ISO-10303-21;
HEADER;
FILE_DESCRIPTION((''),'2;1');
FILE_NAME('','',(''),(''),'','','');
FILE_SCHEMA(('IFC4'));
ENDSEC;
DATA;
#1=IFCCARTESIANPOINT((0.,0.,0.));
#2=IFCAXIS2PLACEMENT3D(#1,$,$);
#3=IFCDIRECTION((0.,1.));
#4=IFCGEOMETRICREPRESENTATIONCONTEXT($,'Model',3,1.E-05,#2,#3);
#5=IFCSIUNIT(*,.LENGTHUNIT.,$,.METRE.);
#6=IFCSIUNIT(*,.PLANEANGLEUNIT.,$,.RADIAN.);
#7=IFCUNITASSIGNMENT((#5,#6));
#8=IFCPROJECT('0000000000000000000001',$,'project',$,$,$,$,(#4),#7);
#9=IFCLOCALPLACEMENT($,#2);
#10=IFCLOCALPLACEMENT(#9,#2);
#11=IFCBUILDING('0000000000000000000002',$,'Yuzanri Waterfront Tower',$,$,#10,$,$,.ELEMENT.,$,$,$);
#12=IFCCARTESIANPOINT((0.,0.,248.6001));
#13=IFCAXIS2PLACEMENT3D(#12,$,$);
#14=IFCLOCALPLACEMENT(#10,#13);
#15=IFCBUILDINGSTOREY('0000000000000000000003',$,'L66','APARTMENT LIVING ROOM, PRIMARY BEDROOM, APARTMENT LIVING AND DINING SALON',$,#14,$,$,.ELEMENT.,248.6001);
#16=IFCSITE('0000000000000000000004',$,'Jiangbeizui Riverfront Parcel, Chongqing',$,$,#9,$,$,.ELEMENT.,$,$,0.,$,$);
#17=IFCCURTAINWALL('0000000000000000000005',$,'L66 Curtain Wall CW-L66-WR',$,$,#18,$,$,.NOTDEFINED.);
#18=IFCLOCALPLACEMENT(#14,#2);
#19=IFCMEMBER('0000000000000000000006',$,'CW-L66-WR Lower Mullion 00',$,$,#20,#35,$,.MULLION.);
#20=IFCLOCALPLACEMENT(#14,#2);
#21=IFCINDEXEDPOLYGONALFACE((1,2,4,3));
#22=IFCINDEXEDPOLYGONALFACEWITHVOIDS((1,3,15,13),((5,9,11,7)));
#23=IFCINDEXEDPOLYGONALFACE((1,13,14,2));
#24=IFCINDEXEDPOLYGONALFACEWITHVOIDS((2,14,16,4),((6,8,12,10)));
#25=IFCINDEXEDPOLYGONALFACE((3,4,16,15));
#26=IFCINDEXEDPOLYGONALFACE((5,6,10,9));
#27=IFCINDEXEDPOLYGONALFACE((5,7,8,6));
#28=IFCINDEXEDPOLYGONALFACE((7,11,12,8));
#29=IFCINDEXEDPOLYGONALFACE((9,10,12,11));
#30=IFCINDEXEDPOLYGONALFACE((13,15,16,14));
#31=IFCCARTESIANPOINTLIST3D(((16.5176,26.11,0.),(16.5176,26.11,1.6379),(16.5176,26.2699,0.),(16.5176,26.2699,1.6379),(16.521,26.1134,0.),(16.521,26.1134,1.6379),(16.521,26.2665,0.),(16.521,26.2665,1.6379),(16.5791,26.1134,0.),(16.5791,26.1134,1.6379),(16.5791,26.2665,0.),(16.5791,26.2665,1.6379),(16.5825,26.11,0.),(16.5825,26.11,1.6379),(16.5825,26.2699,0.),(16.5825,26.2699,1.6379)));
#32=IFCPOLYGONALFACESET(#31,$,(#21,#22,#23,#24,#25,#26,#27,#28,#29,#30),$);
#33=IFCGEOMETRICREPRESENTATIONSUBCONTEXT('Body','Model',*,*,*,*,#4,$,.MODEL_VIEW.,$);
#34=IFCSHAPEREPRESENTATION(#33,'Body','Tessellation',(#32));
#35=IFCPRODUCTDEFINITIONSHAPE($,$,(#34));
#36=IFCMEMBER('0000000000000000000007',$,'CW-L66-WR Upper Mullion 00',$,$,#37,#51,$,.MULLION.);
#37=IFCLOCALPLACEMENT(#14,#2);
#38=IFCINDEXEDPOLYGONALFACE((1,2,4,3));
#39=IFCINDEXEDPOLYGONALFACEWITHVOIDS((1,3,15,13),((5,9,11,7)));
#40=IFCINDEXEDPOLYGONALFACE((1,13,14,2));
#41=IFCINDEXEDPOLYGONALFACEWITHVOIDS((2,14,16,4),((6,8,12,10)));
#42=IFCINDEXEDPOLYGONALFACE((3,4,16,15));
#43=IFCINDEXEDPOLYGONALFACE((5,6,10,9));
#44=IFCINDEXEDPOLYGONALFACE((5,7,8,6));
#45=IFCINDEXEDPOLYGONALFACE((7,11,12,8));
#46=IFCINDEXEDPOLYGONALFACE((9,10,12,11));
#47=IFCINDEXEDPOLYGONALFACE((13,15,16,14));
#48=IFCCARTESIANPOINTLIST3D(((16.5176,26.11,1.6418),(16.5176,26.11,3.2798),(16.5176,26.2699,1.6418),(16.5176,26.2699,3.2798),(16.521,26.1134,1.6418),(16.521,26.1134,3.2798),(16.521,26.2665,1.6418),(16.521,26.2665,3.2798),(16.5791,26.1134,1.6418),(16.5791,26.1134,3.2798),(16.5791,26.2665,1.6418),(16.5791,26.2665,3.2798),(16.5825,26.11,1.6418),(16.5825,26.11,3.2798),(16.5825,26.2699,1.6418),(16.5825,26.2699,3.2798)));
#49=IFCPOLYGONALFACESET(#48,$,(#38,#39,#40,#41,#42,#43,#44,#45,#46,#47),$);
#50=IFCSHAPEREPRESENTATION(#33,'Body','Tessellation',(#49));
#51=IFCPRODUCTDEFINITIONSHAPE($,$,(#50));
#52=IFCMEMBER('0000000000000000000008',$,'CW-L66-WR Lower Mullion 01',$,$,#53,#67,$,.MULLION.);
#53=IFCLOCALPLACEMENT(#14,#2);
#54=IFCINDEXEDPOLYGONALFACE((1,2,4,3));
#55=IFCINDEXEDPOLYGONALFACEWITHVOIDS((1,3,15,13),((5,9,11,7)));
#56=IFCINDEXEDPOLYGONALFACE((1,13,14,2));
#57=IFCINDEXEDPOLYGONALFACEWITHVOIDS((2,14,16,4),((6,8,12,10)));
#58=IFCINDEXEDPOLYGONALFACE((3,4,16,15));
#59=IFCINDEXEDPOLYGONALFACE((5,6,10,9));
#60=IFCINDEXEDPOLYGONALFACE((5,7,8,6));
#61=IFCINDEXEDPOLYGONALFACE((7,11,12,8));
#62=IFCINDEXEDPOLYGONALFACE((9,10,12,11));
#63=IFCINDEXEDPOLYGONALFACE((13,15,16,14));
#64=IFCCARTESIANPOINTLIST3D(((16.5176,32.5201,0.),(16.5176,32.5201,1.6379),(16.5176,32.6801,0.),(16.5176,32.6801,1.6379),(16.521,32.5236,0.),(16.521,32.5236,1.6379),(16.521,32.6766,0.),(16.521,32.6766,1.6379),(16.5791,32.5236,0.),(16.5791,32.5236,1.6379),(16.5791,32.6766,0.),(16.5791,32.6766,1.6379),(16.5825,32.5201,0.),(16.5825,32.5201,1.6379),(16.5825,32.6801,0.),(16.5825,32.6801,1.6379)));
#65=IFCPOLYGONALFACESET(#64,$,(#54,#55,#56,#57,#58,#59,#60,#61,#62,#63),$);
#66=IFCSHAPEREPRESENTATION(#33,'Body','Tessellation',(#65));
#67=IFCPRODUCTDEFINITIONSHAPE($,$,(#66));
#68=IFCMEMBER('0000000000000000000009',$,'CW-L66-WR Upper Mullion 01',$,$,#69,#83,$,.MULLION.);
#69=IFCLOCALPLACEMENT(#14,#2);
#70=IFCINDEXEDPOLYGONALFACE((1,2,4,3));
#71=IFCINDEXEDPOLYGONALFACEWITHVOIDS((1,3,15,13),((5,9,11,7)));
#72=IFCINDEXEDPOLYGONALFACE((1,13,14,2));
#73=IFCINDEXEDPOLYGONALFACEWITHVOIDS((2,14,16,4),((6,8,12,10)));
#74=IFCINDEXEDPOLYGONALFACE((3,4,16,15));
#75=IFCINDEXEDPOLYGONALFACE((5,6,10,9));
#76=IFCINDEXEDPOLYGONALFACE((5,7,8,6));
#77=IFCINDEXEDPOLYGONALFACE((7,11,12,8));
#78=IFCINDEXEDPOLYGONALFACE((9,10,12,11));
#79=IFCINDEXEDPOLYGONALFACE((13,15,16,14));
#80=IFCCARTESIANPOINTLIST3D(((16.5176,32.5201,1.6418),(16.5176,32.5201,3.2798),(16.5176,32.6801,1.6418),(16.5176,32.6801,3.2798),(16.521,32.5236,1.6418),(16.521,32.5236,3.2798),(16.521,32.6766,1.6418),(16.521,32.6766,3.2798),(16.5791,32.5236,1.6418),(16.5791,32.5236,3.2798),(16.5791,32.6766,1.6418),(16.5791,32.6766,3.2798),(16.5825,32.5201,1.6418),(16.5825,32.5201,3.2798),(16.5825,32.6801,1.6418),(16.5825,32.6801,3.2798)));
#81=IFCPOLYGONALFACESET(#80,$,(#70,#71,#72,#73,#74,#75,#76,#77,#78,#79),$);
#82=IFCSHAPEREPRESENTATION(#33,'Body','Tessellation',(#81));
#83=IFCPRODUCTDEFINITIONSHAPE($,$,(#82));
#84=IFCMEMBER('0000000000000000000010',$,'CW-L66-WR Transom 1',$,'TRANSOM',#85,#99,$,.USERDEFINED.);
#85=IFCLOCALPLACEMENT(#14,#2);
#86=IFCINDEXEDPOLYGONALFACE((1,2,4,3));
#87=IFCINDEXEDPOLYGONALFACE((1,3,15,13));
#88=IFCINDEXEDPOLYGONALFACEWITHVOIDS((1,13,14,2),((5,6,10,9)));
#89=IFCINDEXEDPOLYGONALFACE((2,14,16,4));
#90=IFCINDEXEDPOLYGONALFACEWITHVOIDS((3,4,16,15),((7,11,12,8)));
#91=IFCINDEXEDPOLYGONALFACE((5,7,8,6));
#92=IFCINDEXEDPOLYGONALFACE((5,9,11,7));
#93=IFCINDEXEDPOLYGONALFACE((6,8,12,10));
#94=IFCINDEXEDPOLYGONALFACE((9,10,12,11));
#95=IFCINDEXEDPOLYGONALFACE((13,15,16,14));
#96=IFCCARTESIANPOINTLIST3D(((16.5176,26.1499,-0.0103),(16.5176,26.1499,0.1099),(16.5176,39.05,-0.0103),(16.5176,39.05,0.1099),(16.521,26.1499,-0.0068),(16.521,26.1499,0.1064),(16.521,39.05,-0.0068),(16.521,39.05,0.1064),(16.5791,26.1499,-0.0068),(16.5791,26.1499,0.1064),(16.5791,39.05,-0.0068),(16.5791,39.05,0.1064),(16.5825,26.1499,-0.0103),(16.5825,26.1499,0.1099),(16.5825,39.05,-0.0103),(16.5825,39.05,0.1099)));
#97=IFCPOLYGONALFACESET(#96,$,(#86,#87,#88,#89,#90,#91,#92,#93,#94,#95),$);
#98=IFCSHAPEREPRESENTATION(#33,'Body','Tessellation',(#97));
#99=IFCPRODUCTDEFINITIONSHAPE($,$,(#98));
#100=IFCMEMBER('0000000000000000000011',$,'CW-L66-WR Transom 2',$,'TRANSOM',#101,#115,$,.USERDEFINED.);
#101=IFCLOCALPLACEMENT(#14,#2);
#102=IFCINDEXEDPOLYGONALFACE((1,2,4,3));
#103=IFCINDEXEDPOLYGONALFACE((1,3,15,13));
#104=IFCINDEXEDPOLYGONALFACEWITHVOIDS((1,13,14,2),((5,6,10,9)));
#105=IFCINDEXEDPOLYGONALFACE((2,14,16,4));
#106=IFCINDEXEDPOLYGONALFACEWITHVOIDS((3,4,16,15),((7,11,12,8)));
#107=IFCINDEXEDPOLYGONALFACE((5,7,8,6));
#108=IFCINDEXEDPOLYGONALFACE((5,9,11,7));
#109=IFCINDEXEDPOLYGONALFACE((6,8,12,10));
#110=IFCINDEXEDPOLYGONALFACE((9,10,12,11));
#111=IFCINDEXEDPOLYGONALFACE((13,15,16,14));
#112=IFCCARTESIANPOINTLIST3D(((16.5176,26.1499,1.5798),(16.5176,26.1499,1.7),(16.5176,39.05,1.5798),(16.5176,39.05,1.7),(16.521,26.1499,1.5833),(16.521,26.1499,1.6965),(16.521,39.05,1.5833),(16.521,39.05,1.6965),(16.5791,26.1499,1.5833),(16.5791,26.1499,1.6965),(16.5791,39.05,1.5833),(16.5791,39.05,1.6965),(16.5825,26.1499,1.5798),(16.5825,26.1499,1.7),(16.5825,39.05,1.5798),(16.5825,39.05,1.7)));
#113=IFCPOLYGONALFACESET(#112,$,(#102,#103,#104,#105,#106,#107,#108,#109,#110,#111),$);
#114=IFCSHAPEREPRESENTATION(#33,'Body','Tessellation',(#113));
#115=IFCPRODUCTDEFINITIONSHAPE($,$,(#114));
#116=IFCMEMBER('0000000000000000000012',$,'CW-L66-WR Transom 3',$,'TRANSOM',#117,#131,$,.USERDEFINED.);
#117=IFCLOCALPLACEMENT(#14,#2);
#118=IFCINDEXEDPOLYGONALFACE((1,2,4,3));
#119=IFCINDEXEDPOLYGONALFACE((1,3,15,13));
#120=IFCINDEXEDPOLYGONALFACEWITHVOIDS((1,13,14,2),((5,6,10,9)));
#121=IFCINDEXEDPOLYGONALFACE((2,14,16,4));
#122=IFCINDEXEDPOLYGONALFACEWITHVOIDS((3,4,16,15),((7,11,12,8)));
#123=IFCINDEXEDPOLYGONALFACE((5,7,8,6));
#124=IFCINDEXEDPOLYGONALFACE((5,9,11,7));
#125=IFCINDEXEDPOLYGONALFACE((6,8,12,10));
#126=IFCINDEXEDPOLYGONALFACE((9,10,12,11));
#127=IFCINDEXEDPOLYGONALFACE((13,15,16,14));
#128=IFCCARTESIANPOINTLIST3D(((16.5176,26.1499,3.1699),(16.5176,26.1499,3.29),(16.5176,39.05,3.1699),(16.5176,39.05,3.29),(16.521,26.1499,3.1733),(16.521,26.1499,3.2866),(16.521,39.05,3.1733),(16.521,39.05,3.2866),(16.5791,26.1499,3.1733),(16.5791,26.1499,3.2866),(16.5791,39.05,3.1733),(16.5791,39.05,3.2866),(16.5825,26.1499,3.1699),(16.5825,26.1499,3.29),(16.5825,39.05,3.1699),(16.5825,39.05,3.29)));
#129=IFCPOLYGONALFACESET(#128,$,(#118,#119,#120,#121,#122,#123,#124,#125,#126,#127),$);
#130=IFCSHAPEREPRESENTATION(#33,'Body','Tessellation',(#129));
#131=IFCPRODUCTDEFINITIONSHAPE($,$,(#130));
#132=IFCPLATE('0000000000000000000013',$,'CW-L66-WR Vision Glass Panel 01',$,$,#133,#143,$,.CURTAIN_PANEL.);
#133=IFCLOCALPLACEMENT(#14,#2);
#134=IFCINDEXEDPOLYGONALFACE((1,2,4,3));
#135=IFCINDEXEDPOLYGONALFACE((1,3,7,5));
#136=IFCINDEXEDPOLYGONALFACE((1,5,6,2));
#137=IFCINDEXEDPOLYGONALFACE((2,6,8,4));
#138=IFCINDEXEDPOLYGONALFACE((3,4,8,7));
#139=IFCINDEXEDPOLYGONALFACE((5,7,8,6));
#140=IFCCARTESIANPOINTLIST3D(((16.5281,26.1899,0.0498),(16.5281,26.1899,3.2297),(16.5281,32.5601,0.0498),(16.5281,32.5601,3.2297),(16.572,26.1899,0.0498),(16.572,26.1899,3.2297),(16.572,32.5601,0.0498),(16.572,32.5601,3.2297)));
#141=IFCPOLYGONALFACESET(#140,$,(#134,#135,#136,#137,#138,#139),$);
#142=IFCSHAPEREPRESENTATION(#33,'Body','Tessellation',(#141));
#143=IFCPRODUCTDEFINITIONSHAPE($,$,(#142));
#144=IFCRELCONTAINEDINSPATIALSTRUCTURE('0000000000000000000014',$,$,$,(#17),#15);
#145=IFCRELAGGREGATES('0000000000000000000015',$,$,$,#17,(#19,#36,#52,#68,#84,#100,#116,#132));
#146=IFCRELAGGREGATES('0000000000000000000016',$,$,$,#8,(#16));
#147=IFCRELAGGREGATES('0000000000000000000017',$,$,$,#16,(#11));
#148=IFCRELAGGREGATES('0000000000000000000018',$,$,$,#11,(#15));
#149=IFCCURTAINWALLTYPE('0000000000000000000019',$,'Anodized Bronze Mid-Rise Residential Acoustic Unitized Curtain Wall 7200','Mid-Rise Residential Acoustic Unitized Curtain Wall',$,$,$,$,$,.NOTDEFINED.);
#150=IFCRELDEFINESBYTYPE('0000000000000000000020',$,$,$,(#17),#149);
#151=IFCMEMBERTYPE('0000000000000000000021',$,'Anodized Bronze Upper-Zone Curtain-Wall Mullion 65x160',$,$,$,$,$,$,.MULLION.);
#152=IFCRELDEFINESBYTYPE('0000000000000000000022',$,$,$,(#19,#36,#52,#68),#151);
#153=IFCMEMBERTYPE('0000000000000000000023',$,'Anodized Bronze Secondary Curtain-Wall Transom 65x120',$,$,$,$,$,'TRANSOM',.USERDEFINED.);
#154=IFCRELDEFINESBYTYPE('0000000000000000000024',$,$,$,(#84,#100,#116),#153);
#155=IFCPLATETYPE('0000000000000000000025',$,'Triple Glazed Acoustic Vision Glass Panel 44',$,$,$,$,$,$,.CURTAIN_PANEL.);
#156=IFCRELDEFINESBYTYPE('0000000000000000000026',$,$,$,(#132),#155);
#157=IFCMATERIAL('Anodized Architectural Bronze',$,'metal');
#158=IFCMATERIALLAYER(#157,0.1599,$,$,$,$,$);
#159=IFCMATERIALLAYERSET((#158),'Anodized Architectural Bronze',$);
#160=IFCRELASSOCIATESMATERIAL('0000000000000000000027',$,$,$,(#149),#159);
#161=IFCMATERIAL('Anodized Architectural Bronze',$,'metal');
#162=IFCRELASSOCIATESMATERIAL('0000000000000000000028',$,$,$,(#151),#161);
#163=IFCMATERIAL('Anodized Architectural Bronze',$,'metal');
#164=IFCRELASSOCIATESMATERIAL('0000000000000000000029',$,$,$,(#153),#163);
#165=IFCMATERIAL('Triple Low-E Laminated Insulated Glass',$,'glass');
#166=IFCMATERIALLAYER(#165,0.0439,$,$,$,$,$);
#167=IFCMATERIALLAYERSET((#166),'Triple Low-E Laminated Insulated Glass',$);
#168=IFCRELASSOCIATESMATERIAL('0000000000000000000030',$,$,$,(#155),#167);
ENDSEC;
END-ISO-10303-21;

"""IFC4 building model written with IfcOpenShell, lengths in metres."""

from ifc_helpers import new_model, si_unit, direction, frame, origin, origin_2d, place, context, subcontext, project, spatial, rectangle, hollow_rectangle, extrude, source, transform, mapped, material, layer, layer_set, material_profile, profile_set, type_object, element, aggregate, save


model = new_model("IFC4")

# Units and contexts
model_context = context("Model", 3, precision=1e-05, world=origin(), true_north=direction((0.0, 1.0)))
body_context = subcontext(model_context, "Body", "Model", "MODEL_VIEW")
ifc_project = project(units=[si_unit("LENGTHUNIT", "METRE"), si_unit("PLANEANGLEUNIT", "RADIAN")], contexts=[model_context])

# Site, building, storey
site_placement = place(None, origin())
site = spatial("IfcSite", under=ifc_project, at=site_placement, Name="Jiangbeizui Riverfront Parcel, Chongqing", CompositionType="ELEMENT", RefElevation=0.0)
building_placement = place(site_placement, origin())
building = spatial("IfcBuilding", under=site, at=building_placement, Name="Yuzanri Waterfront Tower", CompositionType="ELEMENT")
storey_placement = place(building_placement, frame((0.0, 0.0, 248.6001)))
storey = spatial("IfcBuildingStorey", under=building, at=storey_placement, Name="L66", Description="APARTMENT LIVING ROOM, PRIMARY BEDROOM, APARTMENT LIVING AND DINING SALON", CompositionType="ELEMENT", Elevation=248.6001)

# Shared definitions
ifc_material_1 = material(Name="Anodized Architectural Bronze", Category="metal")
ifc_layer_1 = layer(ifc_material_1, 0.1599)
ifc_layer_set_1 = layer_set([ifc_layer_1], Name="Anodized Architectural Bronze")
curtain_wall_type = type_object("IfcCurtainWallType", Name="Anodized Bronze Mid-Rise Residential Acoustic Unitized Curtain Wall 7200", Description="Mid-Rise Residential Acoustic Unitized Curtain Wall", PredefinedType="NOTDEFINED", material=ifc_layer_set_1)
ifc_material_2 = material(Name="Anodized Architectural Bronze", Category="metal")
ifc_material_profile_1 = material_profile(ifc_material_2, hollow_rectangle(XDim=0.0649, YDim=0.1599, WallThickness=0.0034, at=origin_2d()), Name="CWM 65x160")
ifc_profile_set_1 = profile_set([ifc_material_profile_1], Name="Anodized Architectural Bronze")
member_type_1 = type_object("IfcMemberType", Name="Anodized Bronze Upper-Zone Curtain-Wall Mullion 65x160", PredefinedType="MULLION", material=ifc_profile_set_1)
shared_shape_1 = source(origin(), body_context, "Body", "SweptSolid", [
    extrude(hollow_rectangle(XDim=0.0649, YDim=0.1599, WallThickness=0.0034, at=origin_2d()), origin(), (0.0, 0.0, 1.0), 1.6379),
])

# Curtain wall, members, plate
curtain_wall_1_placement = place(storey_placement, origin())
curtain_wall_1 = element("IfcCurtainWall", 1, at=curtain_wall_1_placement, inside=storey, type_object=curtain_wall_type, Name="L66 Curtain Wall CW-L66-WR", PredefinedType="NOTDEFINED")
member_1_placement = place(storey_placement, frame((16.55, 26.1899, 0.0), z_axis=(0.0, 0.0, 1.0), x_axis=(1.0, 0.0, 0.0)))
member_1 = element("IfcMember", 2, at=member_1_placement, type_object=member_type_1, Name="CW-L66-WR Lower Mullion 00", PredefinedType="MULLION", context=body_context, shape_type="MappedRepresentation", body=[
    mapped(shared_shape_1, transform((0.0, 0.0, 0.0), scale=1.0)),
])
member_2_placement = place(storey_placement, frame((16.55, 26.1899, 1.6418), z_axis=(0.0, 0.0, 1.0), x_axis=(1.0, 0.0, 0.0)))
member_2 = element("IfcMember", 3, at=member_2_placement, type_object=member_type_1, Name="CW-L66-WR Upper Mullion 00", PredefinedType="MULLION", context=body_context, shape_type="MappedRepresentation", body=[
    mapped(shared_shape_1, transform((0.0, 0.0, 0.0), scale=1.0)),
])
member_3_placement = place(storey_placement, frame((16.55, 32.6001, 0.0), z_axis=(0.0, 0.0, 1.0), x_axis=(1.0, 0.0, 0.0)))
member_3 = element("IfcMember", 4, at=member_3_placement, type_object=member_type_1, Name="CW-L66-WR Lower Mullion 01", PredefinedType="MULLION", context=body_context, shape_type="MappedRepresentation", body=[
    mapped(shared_shape_1, transform((0.0, 0.0, 0.0), scale=1.0)),
])
member_4_placement = place(storey_placement, frame((16.55, 32.6001, 1.6418), z_axis=(0.0, 0.0, 1.0), x_axis=(1.0, 0.0, 0.0)))
member_4 = element("IfcMember", 5, at=member_4_placement, type_object=member_type_1, Name="CW-L66-WR Upper Mullion 01", PredefinedType="MULLION", context=body_context, shape_type="MappedRepresentation", body=[
    mapped(shared_shape_1, transform((0.0, 0.0, 0.0), scale=1.0)),
])
ifc_material_3 = material(Name="Anodized Architectural Bronze", Category="metal")
ifc_material_profile_2 = material_profile(ifc_material_3, hollow_rectangle(XDim=0.0649, YDim=0.1201, WallThickness=0.0034, at=origin_2d()), Name="CWT 65x120")
ifc_profile_set_2 = profile_set([ifc_material_profile_2], Name="Anodized Architectural Bronze")
member_type_2 = type_object("IfcMemberType", Name="Anodized Bronze Secondary Curtain-Wall Transom 65x120", ElementType="TRANSOM", PredefinedType="USERDEFINED", material=ifc_profile_set_2)
shared_shape_2 = source(origin(), body_context, "Body", "SweptSolid", [
    extrude(hollow_rectangle(XDim=0.0649, YDim=0.1201, WallThickness=0.0034, at=origin_2d()), origin(), (0.0, 0.0, 1.0), 12.9001),
])
member_5_placement = place(storey_placement, frame((16.55, 26.1499, 0.0498), z_axis=(0.0, 1.0, 0.0), x_axis=(-1.0, 0.0, 0.0)))
member_5 = element("IfcMember", 6, at=member_5_placement, type_object=member_type_2, Name="CW-L66-WR Transom 1", ObjectType="TRANSOM", PredefinedType="USERDEFINED", context=body_context, shape_type="MappedRepresentation", body=[
    mapped(shared_shape_2, transform((0.0, 0.0, 0.0), scale=1.0)),
])
member_6_placement = place(storey_placement, frame((16.55, 26.1499, 1.6399), z_axis=(0.0, 1.0, 0.0), x_axis=(-1.0, 0.0, 0.0)))
member_6 = element("IfcMember", 7, at=member_6_placement, type_object=member_type_2, Name="CW-L66-WR Transom 2", ObjectType="TRANSOM", PredefinedType="USERDEFINED", context=body_context, shape_type="MappedRepresentation", body=[
    mapped(shared_shape_2, transform((0.0, 0.0, 0.0), scale=1.0)),
])
member_7_placement = place(storey_placement, frame((16.55, 26.1499, 3.23), z_axis=(0.0, 1.0, 0.0), x_axis=(-1.0, 0.0, 0.0)))
member_7 = element("IfcMember", 8, at=member_7_placement, type_object=member_type_2, Name="CW-L66-WR Transom 3", ObjectType="TRANSOM", PredefinedType="USERDEFINED", context=body_context, shape_type="MappedRepresentation", body=[
    mapped(shared_shape_2, transform((0.0, 0.0, 0.0), scale=1.0)),
])
ifc_material_4 = material(Name="Triple Low-E Laminated Insulated Glass", Category="glass")
ifc_layer_2 = layer(ifc_material_4, 0.0439)
ifc_layer_set_2 = layer_set([ifc_layer_2], Name="Triple Low-E Laminated Insulated Glass")
plate_type = type_object("IfcPlateType", Name="Triple Glazed Acoustic Vision Glass Panel 44", PredefinedType="CURTAIN_PANEL", material=ifc_layer_set_2)
shared_shape_3 = source(origin(), body_context, "Body", "SweptSolid", [
    extrude(rectangle(XDim=6.3701, YDim=0.0439, at=origin_2d()), origin(), (0.0, 0.0, 1.0), 3.1799),
])
plate_placement = place(storey_placement, frame((16.55, 29.375, 0.0498), z_axis=(0.0, 0.0, 1.0), x_axis=(0.0, 1.0, 0.0)))
plate = element("IfcPlate", 9, at=plate_placement, type_object=plate_type, Name="CW-L66-WR Vision Glass Panel 01", PredefinedType="CURTAIN_PANEL", context=body_context, shape_type="MappedRepresentation", body=[
    mapped(shared_shape_3, transform((0.0, 0.0, 0.0), scale=1.0)),
])
aggregate(curtain_wall_1, [member_1, member_2, member_3, member_4, member_5, member_6, member_7, plate])

save(model, "model.ifc")
